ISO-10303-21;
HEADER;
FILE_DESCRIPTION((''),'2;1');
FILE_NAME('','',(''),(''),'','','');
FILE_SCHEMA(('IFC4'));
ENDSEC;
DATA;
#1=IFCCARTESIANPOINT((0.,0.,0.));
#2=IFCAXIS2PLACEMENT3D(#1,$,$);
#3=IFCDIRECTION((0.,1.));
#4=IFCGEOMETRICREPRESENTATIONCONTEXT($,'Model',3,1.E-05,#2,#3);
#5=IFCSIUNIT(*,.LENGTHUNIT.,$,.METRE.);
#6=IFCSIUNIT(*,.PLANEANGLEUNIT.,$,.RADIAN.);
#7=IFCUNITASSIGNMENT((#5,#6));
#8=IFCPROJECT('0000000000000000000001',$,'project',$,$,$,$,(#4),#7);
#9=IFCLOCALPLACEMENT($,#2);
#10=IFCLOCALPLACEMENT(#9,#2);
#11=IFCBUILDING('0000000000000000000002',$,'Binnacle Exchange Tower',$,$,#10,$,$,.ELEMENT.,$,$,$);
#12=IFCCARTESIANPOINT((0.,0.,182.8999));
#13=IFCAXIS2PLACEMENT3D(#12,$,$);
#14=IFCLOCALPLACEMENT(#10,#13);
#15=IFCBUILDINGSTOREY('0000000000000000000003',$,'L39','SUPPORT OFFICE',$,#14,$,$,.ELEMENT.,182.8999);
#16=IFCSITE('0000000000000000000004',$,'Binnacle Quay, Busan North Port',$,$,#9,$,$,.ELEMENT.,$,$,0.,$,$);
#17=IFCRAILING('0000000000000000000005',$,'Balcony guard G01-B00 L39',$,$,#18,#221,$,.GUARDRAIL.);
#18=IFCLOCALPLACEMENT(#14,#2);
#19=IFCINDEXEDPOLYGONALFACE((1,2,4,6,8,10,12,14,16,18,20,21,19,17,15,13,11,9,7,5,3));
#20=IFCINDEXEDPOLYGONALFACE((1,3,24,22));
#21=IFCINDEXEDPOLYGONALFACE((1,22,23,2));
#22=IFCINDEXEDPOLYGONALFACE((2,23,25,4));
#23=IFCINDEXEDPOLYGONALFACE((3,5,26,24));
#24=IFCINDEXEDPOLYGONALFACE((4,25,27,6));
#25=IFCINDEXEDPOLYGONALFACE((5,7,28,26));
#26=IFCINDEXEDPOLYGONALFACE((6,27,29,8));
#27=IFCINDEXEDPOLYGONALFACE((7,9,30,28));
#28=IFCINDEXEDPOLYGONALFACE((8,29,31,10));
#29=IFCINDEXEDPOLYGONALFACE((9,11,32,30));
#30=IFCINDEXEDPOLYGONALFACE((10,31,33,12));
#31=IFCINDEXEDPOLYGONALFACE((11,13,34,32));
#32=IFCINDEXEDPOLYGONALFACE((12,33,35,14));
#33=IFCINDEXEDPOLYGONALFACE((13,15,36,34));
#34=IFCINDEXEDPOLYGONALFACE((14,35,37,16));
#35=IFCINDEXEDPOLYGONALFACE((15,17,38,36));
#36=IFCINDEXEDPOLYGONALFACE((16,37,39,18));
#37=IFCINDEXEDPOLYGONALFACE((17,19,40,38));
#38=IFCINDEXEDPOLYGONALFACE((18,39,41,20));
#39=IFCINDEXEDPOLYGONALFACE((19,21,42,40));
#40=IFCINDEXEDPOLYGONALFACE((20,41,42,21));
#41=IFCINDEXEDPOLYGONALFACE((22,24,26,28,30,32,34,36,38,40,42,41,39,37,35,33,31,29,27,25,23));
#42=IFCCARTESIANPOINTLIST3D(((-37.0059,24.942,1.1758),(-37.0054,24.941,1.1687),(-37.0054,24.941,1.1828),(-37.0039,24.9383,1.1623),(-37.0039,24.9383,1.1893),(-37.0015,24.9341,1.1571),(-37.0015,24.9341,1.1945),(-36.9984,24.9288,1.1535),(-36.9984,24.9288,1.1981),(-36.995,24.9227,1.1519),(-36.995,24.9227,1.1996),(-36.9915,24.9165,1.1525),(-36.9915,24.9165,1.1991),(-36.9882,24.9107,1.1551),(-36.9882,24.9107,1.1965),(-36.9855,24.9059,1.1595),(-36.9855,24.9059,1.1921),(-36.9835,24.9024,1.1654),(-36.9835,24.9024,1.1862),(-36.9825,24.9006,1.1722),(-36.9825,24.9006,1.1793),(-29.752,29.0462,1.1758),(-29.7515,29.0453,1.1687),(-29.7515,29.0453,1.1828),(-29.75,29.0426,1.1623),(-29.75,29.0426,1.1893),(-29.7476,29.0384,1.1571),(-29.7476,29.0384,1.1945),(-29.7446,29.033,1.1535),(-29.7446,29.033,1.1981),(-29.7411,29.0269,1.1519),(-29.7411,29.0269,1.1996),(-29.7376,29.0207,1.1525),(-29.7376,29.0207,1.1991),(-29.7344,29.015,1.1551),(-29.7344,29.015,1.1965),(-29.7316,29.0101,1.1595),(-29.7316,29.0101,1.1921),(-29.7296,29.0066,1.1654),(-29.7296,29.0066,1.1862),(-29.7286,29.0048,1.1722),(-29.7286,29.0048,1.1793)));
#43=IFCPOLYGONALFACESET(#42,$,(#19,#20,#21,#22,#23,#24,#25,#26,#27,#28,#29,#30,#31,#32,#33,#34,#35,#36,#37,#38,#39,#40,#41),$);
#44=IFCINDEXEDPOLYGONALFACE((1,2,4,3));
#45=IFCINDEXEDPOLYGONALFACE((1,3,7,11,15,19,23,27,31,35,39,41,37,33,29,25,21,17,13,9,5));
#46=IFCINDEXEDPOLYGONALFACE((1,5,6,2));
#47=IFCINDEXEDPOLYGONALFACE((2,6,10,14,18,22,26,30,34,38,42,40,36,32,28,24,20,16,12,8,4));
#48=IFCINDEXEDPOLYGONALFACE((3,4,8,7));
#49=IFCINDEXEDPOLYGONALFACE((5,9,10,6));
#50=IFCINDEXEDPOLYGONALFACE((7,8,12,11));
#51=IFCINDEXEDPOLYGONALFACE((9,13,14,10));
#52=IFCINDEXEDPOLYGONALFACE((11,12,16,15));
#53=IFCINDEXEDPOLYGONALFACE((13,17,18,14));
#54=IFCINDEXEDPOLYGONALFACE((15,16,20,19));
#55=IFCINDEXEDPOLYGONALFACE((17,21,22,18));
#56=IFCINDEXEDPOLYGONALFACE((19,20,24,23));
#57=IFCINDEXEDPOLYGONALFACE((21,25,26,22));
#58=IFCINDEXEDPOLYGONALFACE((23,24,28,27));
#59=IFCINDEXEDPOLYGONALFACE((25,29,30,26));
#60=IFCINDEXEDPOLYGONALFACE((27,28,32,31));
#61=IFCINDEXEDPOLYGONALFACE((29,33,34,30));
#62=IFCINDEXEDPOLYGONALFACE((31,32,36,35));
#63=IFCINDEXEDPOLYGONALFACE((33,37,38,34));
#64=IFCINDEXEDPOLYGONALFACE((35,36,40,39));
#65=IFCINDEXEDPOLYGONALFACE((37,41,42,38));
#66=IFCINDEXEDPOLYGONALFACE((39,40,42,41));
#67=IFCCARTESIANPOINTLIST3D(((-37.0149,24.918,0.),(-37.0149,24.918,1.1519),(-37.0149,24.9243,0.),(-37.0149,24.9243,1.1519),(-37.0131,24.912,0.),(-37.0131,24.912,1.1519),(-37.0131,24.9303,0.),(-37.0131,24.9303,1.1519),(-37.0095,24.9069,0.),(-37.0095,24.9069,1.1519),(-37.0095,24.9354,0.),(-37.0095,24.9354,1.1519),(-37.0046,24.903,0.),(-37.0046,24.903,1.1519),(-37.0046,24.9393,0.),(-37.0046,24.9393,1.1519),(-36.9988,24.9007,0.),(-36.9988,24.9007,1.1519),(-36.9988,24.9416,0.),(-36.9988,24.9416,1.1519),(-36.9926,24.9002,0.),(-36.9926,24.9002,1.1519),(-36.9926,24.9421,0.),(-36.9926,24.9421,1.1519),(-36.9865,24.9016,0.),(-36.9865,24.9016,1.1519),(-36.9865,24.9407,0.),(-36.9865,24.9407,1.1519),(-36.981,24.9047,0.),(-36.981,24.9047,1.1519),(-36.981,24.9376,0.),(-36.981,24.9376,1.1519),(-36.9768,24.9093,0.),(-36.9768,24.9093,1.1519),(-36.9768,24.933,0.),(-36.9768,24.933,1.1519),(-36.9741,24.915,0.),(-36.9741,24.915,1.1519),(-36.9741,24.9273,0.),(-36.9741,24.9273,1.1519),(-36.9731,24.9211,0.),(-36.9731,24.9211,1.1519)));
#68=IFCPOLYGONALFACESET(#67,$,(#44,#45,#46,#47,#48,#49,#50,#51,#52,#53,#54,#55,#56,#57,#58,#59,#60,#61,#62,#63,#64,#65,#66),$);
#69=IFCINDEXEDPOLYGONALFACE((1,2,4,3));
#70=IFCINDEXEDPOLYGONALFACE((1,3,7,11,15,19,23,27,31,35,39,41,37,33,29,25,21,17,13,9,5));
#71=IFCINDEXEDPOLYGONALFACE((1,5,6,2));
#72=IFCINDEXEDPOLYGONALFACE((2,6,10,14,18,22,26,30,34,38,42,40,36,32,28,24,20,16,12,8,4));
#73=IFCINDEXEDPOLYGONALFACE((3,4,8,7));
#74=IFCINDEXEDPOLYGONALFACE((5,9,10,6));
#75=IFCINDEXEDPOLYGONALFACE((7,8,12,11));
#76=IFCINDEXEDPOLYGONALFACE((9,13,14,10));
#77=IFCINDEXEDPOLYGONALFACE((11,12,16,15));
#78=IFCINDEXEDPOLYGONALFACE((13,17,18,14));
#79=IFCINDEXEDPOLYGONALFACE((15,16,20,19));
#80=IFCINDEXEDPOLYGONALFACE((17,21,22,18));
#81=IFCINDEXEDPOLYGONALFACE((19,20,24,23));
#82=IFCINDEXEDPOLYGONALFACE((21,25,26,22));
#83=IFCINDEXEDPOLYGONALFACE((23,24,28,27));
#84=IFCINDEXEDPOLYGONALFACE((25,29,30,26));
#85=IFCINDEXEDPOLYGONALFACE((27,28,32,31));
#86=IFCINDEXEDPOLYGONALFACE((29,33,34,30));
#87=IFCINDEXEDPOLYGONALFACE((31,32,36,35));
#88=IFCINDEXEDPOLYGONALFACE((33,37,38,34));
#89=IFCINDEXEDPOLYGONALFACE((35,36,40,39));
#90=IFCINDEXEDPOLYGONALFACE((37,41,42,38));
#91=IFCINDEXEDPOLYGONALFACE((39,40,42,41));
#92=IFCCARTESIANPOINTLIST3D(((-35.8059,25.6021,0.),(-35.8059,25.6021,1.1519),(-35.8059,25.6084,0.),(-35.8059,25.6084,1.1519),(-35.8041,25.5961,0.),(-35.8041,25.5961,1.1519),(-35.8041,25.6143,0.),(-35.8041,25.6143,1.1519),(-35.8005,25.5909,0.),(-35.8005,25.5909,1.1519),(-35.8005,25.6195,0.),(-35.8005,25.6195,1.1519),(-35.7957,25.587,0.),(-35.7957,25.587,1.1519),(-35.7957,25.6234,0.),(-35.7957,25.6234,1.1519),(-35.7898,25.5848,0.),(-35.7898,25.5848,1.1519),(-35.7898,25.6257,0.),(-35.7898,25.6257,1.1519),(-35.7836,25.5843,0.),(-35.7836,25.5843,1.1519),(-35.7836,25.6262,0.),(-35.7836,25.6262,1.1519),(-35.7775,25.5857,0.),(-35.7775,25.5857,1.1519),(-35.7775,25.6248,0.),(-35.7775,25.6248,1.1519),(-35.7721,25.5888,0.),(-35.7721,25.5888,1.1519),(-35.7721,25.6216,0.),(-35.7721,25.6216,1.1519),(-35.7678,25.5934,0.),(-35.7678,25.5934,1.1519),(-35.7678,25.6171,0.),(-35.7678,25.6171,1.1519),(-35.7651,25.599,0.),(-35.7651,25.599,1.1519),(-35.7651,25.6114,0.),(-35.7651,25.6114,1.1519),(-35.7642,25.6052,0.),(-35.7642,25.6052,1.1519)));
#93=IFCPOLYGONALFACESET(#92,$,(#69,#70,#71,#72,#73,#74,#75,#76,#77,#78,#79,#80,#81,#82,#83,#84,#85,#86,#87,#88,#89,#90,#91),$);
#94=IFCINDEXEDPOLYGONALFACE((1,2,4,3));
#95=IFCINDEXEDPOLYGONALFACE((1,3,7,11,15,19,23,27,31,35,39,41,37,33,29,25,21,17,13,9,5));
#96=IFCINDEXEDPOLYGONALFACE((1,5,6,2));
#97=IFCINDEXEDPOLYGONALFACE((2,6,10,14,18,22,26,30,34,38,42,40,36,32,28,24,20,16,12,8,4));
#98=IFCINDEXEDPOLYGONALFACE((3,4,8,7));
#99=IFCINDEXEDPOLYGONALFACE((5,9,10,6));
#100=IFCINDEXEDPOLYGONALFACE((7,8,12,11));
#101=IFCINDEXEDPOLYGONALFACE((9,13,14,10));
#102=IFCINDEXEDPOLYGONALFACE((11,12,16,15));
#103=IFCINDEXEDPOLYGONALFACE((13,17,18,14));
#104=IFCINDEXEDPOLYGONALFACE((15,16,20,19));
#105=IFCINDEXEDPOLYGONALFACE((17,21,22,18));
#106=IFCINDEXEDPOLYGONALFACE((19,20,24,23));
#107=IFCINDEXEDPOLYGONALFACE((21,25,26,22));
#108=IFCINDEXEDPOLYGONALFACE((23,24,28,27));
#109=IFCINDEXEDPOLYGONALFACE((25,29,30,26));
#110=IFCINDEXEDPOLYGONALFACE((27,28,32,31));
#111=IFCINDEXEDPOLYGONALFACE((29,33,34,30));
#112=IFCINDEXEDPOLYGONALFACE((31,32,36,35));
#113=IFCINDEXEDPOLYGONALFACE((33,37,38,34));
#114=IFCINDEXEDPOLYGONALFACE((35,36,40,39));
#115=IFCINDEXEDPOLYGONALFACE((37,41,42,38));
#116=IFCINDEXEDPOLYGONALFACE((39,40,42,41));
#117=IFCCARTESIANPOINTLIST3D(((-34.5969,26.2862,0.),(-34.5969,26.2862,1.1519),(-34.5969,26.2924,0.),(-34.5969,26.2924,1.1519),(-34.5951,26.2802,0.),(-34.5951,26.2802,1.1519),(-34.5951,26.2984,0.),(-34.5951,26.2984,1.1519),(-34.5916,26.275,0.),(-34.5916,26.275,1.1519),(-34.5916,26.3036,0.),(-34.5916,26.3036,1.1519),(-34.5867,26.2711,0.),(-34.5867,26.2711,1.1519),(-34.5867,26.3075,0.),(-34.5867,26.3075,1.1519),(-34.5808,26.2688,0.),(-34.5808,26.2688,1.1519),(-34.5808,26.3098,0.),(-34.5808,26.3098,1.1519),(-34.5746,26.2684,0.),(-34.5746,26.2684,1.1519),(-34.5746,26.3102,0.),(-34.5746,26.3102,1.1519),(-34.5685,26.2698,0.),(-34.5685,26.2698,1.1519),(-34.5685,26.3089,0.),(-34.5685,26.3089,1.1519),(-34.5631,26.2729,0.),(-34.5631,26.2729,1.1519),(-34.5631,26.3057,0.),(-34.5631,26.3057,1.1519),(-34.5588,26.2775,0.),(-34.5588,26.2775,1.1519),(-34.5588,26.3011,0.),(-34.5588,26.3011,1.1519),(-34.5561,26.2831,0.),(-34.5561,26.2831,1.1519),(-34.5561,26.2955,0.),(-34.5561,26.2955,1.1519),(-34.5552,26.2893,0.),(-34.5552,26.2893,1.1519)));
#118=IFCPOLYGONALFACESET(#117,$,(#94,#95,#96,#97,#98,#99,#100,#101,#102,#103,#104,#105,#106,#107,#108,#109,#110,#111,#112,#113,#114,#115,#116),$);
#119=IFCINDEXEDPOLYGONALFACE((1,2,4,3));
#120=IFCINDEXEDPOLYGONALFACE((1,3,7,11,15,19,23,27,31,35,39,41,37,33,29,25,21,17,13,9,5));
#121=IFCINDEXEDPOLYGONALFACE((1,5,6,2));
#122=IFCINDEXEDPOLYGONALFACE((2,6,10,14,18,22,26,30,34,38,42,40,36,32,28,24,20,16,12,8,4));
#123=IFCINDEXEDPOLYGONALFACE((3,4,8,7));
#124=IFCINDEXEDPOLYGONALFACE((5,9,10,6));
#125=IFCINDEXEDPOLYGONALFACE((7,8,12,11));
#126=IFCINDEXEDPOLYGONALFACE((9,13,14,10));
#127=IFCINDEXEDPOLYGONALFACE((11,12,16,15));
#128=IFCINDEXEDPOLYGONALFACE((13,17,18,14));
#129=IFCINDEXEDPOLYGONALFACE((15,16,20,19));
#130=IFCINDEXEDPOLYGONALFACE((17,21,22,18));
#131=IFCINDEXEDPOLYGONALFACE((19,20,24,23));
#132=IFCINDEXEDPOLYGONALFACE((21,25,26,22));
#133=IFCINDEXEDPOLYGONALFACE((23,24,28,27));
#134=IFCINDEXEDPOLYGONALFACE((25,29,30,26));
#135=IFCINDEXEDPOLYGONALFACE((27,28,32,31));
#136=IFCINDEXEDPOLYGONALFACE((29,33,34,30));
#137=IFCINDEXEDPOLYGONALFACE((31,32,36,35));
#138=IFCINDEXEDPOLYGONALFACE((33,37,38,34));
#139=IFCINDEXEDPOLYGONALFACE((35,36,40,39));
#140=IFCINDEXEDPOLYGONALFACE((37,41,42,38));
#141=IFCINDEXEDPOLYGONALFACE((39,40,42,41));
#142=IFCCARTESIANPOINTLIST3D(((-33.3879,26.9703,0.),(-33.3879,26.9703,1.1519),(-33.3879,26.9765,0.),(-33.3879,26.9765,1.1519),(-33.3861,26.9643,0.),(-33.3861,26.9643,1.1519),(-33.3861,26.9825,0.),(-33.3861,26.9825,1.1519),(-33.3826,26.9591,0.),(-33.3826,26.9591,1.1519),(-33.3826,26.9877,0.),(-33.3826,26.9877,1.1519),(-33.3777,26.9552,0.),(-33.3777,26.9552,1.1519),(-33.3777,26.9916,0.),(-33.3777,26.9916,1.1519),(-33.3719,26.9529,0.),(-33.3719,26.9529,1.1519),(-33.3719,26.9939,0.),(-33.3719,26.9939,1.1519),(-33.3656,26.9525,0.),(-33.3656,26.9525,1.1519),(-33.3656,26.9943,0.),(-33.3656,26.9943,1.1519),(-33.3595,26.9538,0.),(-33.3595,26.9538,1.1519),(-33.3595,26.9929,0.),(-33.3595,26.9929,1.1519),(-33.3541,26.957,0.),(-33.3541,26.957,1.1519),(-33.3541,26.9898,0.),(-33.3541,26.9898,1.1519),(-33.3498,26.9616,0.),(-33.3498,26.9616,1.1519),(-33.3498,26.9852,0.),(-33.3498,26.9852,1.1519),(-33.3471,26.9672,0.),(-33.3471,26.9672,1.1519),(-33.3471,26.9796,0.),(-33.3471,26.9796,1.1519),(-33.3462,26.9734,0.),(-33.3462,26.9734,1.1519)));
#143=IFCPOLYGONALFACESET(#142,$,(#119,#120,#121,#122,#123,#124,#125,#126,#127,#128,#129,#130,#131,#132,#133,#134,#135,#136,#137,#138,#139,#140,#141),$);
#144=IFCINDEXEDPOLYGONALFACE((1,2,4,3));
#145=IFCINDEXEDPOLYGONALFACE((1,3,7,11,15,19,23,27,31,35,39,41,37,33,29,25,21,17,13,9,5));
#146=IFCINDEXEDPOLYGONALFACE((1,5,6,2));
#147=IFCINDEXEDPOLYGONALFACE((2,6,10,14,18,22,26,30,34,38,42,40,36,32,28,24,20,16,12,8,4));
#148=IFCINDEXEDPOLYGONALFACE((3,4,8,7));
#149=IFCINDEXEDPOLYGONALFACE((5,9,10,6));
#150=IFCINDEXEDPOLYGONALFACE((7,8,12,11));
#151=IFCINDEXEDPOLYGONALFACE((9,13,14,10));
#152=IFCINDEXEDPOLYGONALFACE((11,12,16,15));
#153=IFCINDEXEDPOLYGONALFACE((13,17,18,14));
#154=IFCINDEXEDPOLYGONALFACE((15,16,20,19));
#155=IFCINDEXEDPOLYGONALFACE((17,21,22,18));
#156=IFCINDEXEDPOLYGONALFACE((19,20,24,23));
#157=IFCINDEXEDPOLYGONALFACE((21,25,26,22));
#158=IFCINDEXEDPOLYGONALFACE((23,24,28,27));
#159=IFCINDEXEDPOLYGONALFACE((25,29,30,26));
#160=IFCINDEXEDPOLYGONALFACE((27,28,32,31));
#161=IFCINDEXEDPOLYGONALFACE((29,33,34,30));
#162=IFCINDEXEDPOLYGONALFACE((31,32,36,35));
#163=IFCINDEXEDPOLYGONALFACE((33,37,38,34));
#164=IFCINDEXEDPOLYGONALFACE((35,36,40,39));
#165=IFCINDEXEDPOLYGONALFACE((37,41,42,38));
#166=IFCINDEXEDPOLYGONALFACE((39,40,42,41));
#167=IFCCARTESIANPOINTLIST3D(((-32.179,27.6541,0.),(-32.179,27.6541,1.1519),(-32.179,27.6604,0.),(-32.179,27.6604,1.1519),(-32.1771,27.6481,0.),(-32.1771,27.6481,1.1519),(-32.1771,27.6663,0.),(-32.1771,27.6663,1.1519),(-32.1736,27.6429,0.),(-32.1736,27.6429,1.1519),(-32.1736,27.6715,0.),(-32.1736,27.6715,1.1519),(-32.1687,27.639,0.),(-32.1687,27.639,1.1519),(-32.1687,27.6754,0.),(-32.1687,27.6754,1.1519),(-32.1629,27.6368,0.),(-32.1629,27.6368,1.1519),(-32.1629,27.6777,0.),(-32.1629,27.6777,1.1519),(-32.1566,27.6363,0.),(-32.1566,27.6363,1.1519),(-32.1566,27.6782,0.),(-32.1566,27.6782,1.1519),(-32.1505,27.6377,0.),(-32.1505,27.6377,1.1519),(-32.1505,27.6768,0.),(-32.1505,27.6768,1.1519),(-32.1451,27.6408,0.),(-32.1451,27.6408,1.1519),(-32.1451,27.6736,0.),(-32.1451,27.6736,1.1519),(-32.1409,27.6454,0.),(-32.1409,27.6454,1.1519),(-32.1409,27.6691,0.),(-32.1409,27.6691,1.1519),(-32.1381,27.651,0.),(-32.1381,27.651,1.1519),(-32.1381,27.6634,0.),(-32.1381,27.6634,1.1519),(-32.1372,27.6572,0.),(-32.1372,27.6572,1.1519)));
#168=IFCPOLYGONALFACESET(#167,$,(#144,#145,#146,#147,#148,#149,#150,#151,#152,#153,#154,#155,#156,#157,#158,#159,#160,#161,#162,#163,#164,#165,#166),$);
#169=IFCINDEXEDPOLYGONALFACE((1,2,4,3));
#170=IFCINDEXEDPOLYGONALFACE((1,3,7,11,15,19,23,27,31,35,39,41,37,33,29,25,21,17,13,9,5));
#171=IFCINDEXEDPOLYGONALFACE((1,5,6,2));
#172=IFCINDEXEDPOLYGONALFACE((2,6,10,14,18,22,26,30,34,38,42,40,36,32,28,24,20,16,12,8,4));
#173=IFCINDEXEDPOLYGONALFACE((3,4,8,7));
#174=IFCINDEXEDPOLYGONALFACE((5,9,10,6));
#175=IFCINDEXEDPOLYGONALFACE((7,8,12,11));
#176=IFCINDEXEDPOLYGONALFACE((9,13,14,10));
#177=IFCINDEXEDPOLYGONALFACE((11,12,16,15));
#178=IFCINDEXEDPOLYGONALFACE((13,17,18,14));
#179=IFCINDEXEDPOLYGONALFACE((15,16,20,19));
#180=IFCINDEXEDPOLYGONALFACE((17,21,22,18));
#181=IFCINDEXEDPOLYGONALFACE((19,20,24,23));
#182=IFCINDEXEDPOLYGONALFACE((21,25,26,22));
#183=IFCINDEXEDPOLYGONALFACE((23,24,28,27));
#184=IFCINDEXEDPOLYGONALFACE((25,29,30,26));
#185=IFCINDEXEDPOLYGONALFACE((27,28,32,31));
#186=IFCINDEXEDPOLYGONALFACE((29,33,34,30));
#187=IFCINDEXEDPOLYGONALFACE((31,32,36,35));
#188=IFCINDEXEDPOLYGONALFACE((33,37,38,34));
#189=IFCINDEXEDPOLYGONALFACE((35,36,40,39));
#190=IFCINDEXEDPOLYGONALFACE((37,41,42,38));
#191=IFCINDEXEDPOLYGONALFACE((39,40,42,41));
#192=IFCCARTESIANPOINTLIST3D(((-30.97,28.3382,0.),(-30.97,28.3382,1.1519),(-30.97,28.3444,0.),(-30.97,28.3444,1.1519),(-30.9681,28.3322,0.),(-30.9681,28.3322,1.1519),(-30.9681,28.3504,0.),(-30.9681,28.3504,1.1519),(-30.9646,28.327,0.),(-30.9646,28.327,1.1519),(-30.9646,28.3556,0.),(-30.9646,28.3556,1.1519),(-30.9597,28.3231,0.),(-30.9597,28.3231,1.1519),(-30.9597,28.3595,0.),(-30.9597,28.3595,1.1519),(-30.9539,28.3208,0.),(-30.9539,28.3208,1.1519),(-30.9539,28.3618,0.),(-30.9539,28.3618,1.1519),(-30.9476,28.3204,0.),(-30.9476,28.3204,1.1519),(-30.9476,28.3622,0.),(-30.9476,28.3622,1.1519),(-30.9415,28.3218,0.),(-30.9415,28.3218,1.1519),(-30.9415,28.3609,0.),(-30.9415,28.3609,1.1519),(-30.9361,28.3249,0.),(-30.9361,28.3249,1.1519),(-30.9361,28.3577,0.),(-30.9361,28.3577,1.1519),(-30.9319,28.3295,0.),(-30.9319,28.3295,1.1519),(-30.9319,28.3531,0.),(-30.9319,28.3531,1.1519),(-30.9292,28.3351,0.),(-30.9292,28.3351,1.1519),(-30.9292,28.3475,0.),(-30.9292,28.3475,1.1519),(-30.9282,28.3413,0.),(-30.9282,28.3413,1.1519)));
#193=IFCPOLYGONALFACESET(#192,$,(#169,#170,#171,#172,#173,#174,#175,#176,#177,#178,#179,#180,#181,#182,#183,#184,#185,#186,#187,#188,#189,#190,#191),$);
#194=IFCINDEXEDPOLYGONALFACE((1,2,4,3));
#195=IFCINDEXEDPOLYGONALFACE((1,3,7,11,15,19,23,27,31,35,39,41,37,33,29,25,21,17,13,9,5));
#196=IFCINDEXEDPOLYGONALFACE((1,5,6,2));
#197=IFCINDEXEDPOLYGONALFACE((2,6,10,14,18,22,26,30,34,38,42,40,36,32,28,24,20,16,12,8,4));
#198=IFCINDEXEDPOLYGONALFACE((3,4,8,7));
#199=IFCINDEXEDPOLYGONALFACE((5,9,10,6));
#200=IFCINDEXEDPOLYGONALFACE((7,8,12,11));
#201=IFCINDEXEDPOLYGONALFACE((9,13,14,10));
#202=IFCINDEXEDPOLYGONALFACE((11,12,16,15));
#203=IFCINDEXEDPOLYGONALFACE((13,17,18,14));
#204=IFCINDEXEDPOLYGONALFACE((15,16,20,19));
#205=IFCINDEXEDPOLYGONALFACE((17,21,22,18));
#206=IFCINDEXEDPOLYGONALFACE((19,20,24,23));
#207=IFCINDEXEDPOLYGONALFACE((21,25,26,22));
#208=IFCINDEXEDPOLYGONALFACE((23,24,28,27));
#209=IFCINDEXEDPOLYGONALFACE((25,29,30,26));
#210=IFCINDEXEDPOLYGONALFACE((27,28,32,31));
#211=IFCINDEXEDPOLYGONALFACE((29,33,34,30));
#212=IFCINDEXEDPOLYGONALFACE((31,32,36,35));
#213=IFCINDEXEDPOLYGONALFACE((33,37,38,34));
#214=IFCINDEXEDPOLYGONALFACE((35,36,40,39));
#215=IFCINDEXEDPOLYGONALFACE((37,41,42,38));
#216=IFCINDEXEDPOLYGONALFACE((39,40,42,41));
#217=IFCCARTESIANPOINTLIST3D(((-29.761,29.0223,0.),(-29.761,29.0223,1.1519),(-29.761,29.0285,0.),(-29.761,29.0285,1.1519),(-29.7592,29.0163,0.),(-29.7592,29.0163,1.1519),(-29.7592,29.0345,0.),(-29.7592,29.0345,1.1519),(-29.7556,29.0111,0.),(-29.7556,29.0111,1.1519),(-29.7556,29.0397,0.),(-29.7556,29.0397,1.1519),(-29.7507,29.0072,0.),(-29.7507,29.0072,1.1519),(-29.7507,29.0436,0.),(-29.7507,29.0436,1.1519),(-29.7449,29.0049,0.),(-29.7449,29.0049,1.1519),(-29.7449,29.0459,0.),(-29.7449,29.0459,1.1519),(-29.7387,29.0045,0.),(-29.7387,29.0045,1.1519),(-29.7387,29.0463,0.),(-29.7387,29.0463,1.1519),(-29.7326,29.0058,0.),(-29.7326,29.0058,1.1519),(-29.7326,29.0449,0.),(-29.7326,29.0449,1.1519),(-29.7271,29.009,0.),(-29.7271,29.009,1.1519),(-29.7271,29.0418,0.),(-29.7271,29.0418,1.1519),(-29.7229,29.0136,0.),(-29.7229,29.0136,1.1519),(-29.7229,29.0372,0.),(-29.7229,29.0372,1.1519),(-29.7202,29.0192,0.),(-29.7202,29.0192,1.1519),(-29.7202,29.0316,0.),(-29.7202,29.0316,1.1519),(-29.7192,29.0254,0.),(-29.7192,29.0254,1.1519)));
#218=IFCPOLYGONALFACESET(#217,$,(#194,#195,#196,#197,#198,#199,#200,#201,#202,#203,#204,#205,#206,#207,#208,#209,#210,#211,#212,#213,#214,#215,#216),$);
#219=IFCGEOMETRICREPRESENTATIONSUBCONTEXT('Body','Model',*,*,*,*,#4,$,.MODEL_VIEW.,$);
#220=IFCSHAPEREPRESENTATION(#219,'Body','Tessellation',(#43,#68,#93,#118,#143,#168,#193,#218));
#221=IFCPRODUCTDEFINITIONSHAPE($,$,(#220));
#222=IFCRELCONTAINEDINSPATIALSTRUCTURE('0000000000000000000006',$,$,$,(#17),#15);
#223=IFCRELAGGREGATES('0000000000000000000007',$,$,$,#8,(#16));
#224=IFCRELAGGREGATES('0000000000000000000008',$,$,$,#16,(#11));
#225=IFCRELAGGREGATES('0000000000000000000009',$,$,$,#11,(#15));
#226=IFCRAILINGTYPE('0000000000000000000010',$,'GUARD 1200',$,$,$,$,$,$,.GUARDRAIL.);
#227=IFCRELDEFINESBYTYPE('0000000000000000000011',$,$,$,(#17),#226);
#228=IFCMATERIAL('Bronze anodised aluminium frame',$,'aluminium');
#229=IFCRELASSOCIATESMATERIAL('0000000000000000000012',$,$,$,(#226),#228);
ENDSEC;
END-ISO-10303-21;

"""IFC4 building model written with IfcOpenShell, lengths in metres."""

from ifc_helpers import new_model, si_unit, direction, frame, origin, origin_2d, place, context, subcontext, project, spatial, circle, extrude, material, type_object, element, save


model = new_model("IFC4")

# Units and contexts
model_context = context("Model", 3, precision=1e-05, world=origin(), true_north=direction((0.0, 1.0)))
body_context = subcontext(model_context, "Body", "Model", "MODEL_VIEW")
ifc_project = project(units=[si_unit("LENGTHUNIT", "METRE"), si_unit("PLANEANGLEUNIT", "RADIAN")], contexts=[model_context])

# Site, building, storey
site_placement = place(None, origin())
site = spatial("IfcSite", under=ifc_project, at=site_placement, Name="Binnacle Quay, Busan North Port", CompositionType="ELEMENT", RefElevation=0.0)
building_placement = place(site_placement, origin())
building = spatial("IfcBuilding", under=site, at=building_placement, Name="Binnacle Exchange Tower", CompositionType="ELEMENT")
storey_placement = place(building_placement, frame((0.0, 0.0, 182.8999)))
storey = spatial("IfcBuildingStorey", under=building, at=storey_placement, Name="L39", Description="SUPPORT OFFICE", CompositionType="ELEMENT", Elevation=182.8999)

# Railing
ifc_material_1 = material(Name="Bronze anodised aluminium frame", Category="aluminium")
railing_type_1 = type_object("IfcRailingType", Name="GUARD 1200", PredefinedType="GUARDRAIL", material=ifc_material_1)
railing_1_placement = place(storey_placement, frame((-36.9941, 24.9211, 0.0)))
element("IfcRailing", 1, at=railing_1_placement, inside=storey, type_object=railing_type_1, Name="Balcony guard G01-B00 L39", PredefinedType="GUARDRAIL", context=body_context, shape_type="SweptSolid", body=[
    extrude(circle(Radius=0.0239, at=origin_2d()), frame((0.0, 0.0, 1.1758), z_axis=(0.870346, 0.49244, 0.0), x_axis=(-0.49244, 0.870346, 0.0)), (0.0, 0.0, 1.0), 8.3345),
    extrude(circle(Radius=0.021, at=origin_2d()), origin(), (0.0, 0.0, 1.0), 1.1519),
    extrude(circle(Radius=0.021, at=origin_2d()), frame((1.209, 0.6841, 0.0)), (0.0, 0.0, 1.0), 1.1519),
    extrude(circle(Radius=0.021, at=origin_2d()), frame((2.418, 1.3682, 0.0)), (0.0, 0.0, 1.0), 1.1519),
    extrude(circle(Radius=0.021, at=origin_2d()), frame((3.627, 2.0522, 0.0)), (0.0, 0.0, 1.0), 1.1519),
    extrude(circle(Radius=0.021, at=origin_2d()), frame((4.8359, 2.7361, 0.0)), (0.0, 0.0, 1.0), 1.1519),
    extrude(circle(Radius=0.021, at=origin_2d()), frame((6.0449, 3.4202, 0.0)), (0.0, 0.0, 1.0), 1.1519),
    extrude(circle(Radius=0.021, at=origin_2d()), frame((7.2539, 4.1042, 0.0)), (0.0, 0.0, 1.0), 1.1519),
])

save(model, "model.ifc")
